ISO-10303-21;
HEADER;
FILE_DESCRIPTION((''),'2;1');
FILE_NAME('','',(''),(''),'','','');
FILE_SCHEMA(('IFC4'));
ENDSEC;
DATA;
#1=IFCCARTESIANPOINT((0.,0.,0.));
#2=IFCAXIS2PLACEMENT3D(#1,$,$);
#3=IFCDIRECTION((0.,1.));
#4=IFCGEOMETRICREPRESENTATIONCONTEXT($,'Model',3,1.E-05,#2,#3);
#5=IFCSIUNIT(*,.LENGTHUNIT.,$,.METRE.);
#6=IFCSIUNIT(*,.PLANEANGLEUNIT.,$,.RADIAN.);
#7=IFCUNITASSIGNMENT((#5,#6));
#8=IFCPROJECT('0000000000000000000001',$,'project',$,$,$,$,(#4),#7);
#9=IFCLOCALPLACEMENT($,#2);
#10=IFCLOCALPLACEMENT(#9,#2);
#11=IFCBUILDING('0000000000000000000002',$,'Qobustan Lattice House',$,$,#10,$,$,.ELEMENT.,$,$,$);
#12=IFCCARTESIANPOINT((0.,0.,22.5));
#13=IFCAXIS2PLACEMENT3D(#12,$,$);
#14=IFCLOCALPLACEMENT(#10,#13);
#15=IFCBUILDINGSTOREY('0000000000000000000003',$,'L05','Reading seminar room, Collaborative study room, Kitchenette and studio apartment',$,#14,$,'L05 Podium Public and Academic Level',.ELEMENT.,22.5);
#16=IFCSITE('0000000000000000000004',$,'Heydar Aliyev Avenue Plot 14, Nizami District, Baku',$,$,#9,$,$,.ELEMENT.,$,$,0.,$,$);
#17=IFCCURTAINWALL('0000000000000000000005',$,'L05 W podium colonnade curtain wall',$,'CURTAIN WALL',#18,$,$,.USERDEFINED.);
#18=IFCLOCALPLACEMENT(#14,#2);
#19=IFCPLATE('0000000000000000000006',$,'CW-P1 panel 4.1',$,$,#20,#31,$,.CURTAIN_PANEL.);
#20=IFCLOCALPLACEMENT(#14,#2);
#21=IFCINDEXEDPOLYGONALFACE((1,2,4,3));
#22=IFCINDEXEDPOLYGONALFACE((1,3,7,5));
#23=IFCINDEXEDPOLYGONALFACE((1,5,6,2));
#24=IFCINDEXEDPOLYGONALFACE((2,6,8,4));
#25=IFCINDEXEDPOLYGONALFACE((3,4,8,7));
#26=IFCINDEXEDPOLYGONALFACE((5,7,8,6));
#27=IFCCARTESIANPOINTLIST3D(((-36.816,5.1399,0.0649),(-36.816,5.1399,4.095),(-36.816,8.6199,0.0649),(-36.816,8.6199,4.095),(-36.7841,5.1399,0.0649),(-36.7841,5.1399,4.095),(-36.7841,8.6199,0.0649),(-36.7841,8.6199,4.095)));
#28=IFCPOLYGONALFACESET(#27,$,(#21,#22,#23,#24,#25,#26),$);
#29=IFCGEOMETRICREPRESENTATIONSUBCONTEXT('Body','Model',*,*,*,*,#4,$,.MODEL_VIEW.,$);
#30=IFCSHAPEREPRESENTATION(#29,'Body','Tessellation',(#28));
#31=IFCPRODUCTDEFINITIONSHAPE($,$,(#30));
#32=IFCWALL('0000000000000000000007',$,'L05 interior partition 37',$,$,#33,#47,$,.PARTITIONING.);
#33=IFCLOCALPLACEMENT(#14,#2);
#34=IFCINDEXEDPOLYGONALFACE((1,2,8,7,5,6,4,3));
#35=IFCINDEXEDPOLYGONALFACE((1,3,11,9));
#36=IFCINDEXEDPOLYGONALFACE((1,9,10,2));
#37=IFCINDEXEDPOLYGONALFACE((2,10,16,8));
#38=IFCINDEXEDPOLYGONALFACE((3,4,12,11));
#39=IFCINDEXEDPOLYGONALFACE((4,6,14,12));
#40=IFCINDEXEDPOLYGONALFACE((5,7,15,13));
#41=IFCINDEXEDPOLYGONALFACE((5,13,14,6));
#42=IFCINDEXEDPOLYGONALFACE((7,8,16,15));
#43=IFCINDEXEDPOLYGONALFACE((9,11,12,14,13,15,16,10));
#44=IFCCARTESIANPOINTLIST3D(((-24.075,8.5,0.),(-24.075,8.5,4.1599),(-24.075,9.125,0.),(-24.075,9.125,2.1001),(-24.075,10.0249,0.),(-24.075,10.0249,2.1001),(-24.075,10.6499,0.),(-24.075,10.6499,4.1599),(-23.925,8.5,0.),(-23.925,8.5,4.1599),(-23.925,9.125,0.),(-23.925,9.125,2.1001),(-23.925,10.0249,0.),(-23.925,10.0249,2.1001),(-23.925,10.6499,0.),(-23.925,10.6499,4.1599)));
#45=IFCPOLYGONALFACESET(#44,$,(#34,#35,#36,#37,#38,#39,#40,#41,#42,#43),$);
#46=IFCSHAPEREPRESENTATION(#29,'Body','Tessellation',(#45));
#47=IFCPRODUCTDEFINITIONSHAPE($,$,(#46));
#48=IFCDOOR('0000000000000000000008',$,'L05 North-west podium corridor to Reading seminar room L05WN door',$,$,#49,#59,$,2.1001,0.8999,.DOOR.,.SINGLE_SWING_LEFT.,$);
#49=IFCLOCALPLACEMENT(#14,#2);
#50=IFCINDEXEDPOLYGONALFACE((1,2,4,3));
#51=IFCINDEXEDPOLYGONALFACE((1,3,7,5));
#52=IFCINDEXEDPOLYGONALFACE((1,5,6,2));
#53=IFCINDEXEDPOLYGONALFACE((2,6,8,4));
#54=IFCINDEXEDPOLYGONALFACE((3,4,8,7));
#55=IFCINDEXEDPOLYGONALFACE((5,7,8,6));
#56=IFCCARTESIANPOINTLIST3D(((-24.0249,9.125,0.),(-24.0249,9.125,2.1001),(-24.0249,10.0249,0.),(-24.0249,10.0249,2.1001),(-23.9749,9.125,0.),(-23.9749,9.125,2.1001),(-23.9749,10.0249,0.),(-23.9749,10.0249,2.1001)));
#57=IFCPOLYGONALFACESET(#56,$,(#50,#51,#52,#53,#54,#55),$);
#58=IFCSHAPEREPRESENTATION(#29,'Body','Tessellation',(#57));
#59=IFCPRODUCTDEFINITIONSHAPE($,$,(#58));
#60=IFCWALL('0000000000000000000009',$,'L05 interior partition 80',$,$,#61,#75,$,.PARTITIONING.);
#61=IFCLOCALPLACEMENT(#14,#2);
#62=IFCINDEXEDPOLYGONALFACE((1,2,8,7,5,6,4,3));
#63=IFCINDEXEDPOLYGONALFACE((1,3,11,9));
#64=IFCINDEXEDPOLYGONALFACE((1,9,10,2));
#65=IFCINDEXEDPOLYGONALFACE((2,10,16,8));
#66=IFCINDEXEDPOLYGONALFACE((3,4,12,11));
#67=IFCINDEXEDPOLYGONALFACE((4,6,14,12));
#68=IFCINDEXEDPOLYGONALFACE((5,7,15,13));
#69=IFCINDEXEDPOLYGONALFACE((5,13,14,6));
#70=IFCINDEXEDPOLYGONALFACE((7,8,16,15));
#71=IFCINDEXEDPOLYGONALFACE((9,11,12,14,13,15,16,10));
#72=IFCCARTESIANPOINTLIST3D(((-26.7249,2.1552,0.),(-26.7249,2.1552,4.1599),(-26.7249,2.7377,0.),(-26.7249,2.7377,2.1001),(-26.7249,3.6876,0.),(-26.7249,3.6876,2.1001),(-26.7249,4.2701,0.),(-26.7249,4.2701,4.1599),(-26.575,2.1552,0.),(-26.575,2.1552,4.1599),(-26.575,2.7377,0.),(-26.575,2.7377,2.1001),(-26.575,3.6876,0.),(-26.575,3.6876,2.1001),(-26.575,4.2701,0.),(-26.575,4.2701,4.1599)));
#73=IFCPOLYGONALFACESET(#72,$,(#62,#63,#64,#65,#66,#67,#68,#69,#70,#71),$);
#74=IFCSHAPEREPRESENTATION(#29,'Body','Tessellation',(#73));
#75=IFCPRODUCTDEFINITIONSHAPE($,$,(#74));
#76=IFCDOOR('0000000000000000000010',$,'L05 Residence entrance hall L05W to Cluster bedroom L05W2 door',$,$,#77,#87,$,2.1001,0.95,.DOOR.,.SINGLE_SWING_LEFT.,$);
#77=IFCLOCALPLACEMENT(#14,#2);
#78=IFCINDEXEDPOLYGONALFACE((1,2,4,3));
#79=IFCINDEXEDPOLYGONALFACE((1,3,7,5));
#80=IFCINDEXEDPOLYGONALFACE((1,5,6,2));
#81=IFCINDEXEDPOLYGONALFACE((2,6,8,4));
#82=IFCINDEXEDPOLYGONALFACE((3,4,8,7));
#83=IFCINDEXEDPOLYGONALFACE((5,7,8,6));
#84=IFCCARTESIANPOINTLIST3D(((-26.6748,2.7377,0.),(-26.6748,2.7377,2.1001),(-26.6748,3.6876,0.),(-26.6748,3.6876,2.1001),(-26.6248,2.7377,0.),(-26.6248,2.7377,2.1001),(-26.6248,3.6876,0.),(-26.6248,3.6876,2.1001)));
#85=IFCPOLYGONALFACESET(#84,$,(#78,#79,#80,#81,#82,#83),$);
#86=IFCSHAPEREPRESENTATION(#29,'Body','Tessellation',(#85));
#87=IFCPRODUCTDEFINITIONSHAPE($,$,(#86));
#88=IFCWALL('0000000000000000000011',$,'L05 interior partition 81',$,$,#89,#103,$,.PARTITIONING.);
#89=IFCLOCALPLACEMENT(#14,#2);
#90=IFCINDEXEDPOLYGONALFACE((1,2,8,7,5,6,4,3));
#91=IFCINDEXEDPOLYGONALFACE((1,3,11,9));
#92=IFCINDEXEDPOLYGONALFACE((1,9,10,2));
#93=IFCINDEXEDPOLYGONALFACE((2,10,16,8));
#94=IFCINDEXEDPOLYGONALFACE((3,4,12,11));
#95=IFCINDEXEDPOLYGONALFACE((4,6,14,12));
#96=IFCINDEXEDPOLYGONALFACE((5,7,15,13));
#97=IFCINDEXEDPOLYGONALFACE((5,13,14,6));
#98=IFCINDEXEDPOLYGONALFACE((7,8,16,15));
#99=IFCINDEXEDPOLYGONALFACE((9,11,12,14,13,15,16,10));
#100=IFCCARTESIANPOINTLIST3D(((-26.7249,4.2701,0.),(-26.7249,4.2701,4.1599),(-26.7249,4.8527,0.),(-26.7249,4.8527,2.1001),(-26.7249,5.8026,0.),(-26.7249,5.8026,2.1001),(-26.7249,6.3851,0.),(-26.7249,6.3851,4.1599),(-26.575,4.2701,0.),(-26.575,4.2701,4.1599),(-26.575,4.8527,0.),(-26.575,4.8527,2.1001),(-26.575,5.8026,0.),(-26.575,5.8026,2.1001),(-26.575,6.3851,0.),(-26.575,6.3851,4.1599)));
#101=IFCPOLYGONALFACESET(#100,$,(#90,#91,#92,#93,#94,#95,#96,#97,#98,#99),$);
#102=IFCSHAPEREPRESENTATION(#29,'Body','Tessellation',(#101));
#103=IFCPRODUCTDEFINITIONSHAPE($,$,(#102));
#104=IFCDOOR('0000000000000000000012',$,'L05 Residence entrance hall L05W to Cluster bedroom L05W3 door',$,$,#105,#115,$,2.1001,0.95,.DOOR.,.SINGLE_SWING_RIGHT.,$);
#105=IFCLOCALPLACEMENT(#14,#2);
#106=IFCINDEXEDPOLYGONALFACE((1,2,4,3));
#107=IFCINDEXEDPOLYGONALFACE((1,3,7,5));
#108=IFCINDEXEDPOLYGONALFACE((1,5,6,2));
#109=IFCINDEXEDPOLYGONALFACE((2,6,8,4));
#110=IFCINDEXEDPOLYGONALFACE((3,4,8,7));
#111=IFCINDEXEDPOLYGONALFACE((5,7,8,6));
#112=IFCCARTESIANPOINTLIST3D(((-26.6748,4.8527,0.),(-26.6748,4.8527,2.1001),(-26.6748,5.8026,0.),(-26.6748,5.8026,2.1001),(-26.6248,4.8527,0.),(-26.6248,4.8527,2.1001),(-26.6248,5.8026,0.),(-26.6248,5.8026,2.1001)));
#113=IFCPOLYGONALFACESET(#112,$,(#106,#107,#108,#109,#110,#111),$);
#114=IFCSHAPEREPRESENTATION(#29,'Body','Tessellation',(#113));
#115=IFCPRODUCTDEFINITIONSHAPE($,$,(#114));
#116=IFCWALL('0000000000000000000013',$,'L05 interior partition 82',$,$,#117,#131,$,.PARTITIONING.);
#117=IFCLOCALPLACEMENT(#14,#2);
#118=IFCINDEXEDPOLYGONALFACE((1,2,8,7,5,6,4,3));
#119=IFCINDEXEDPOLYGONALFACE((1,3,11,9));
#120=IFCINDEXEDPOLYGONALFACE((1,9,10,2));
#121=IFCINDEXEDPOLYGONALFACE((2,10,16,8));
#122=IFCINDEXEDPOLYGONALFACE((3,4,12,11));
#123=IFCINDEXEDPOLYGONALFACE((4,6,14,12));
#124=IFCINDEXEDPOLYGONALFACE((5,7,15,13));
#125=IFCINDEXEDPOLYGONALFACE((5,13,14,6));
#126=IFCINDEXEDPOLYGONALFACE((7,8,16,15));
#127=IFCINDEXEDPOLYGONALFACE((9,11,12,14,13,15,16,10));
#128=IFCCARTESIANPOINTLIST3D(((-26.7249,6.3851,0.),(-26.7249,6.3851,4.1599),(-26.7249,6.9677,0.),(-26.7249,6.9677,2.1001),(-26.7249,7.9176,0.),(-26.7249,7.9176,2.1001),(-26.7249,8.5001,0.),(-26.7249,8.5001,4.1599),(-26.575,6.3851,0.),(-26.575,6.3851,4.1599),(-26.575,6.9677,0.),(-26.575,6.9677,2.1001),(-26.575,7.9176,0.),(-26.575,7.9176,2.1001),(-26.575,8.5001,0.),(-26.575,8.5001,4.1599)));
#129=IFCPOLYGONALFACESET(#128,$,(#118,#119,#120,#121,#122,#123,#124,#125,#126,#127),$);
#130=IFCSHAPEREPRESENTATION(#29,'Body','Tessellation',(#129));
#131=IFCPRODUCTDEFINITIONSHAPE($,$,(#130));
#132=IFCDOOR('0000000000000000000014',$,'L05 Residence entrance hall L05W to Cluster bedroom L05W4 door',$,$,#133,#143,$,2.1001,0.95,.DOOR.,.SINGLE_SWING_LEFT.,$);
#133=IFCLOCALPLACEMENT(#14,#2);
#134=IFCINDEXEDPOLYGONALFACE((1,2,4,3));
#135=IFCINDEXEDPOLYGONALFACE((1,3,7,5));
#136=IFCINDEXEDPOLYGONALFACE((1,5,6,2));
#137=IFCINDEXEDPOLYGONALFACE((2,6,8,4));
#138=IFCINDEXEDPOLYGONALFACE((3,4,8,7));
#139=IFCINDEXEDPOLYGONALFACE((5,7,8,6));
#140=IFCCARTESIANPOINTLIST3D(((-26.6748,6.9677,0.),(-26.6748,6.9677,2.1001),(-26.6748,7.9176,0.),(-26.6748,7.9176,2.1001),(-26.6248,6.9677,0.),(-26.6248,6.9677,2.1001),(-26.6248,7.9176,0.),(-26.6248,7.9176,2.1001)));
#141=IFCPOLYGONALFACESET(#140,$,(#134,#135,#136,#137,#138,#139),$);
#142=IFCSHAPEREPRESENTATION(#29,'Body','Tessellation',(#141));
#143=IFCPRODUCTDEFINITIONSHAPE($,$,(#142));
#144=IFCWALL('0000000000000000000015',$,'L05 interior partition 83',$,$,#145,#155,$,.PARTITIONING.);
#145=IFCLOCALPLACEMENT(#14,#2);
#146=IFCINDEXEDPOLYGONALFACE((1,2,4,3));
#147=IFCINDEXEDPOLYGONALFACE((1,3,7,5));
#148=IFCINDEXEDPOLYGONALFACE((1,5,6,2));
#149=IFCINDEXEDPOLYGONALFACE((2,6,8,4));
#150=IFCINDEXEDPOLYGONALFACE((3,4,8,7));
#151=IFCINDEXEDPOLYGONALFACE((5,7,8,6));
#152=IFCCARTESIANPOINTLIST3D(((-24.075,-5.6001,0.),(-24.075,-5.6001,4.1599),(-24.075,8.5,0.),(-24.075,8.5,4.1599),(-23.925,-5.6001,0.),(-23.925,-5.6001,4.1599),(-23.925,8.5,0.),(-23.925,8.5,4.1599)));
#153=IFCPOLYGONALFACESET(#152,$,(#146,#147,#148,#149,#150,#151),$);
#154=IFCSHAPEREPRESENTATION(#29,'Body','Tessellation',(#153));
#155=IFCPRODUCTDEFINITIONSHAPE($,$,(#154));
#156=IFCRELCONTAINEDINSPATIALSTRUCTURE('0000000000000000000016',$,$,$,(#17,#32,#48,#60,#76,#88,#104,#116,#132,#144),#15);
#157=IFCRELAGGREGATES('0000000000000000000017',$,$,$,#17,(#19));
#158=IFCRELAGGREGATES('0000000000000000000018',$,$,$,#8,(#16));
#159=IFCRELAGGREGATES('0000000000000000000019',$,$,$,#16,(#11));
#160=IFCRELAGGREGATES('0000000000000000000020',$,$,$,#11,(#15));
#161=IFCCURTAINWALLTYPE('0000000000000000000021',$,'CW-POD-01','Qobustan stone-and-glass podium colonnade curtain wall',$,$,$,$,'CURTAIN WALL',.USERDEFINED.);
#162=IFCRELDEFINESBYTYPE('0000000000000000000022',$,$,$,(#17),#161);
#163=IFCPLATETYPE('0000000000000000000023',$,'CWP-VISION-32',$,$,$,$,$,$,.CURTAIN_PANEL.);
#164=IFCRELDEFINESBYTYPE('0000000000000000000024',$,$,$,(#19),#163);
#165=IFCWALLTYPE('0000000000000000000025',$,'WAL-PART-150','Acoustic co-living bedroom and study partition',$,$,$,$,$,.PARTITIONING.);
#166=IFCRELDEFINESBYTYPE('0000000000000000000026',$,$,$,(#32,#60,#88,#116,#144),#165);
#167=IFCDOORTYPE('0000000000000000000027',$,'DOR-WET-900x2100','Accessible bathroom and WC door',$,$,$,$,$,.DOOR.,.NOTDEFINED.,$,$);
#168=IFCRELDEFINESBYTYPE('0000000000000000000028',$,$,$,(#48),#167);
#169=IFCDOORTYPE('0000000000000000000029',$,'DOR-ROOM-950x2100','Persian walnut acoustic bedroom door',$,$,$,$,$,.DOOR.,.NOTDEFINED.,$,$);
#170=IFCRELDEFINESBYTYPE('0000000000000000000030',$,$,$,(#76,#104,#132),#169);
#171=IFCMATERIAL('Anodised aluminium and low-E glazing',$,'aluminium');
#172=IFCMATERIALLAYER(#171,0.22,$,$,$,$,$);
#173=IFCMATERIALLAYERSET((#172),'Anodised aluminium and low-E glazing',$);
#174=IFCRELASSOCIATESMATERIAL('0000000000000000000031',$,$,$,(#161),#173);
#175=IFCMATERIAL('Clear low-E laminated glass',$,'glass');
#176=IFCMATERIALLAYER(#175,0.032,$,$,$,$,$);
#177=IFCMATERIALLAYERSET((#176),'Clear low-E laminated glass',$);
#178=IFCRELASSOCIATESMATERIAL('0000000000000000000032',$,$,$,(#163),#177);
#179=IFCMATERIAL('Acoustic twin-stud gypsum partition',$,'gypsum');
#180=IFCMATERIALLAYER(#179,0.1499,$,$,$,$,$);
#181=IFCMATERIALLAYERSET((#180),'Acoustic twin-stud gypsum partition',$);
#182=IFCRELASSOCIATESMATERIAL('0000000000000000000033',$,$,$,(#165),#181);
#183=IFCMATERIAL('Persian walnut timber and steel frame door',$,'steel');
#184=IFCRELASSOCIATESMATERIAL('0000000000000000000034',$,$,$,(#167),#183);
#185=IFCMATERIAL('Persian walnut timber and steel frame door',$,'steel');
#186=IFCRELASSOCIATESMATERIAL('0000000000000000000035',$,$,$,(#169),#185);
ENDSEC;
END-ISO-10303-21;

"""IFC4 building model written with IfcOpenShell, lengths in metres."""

from ifc_helpers import new_model, si_unit, direction, frame, frame_2d, origin, origin_2d, place, context, subcontext, project, spatial, rectangle, extrude, material, layer, layer_set, type_object, element, fill, aggregate, save


model = new_model("IFC4")

# Units and contexts
model_context = context("Model", 3, precision=1e-05, world=origin(), true_north=direction((0.0, 1.0)))
body_context = subcontext(model_context, "Body", "Model", "MODEL_VIEW")
ifc_project = project(units=[si_unit("LENGTHUNIT", "METRE"), si_unit("PLANEANGLEUNIT", "RADIAN")], contexts=[model_context])

# Site, building, storey
site_placement = place(None, origin())
site = spatial("IfcSite", under=ifc_project, at=site_placement, Name="Heydar Aliyev Avenue Plot 14, Nizami District, Baku", CompositionType="ELEMENT", RefElevation=0.0)
building_placement = place(site_placement, origin())
building = spatial("IfcBuilding", under=site, at=building_placement, Name="Qobustan Lattice House", CompositionType="ELEMENT")
storey_placement = place(building_placement, frame((0.0, 0.0, 22.5)))
storey = spatial("IfcBuildingStorey", under=building, at=storey_placement, Name="L05", Description="Reading seminar room, Collaborative study room, Kitchenette and studio apartment", LongName="L05 Podium Public and Academic Level", CompositionType="ELEMENT", Elevation=22.5)

# Curtain wall, plate
ifc_material_1 = material(Name="Anodised aluminium and low-E glazing", Category="aluminium")
ifc_layer_1 = layer(ifc_material_1, 0.22)
ifc_layer_set_1 = layer_set([ifc_layer_1], Name="Anodised aluminium and low-E glazing")
curtain_wall_type = type_object("IfcCurtainWallType", Name="CW-POD-01", Description="Qobustan stone-and-glass podium colonnade curtain wall", ElementType="CURTAIN WALL", PredefinedType="USERDEFINED", material=ifc_layer_set_1)
curtain_wall_placement = place(storey_placement, origin())
curtain_wall = element("IfcCurtainWall", 1, at=curtain_wall_placement, inside=storey, type_object=curtain_wall_type, Name="L05 W podium colonnade curtain wall", ObjectType="CURTAIN WALL", PredefinedType="USERDEFINED")
ifc_material_2 = material(Name="Clear low-E laminated glass", Category="glass")
ifc_layer_2 = layer(ifc_material_2, 0.032)
ifc_layer_set_2 = layer_set([ifc_layer_2], Name="Clear low-E laminated glass")
plate_type = type_object("IfcPlateType", Name="CWP-VISION-32", PredefinedType="CURTAIN_PANEL", material=ifc_layer_set_2)
plate_1_placement = place(storey_placement, frame((-36.8, 6.8799, 0.0649), z_axis=(0.0, 0.0, 1.0), x_axis=(0.0, 1.0, 0.0)))
plate_1 = element("IfcPlate", 2, at=plate_1_placement, type_object=plate_type, Name="CW-P1 panel 4.1", PredefinedType="CURTAIN_PANEL", context=body_context, shape_type="SweptSolid", body=[
    extrude(rectangle(XDim=3.48, YDim=0.032, at=origin_2d()), origin(), (0.0, 0.0, 1.0), 4.03),
])
aggregate(curtain_wall, [plate_1])

# Walls, openings, doors
ifc_material_3 = material(Name="Acoustic twin-stud gypsum partition", Category="gypsum")
ifc_layer_3 = layer(ifc_material_3, 0.1499)
ifc_layer_set_3 = layer_set([ifc_layer_3], Name="Acoustic twin-stud gypsum partition")
wall_type = type_object("IfcWallType", Name="WAL-PART-150", Description="Acoustic co-living bedroom and study partition", PredefinedType="PARTITIONING", material=ifc_layer_set_3)
wall_1_placement = place(storey_placement, frame((-24.0, 8.5, 0.0), z_axis=(0.0, 0.0, 1.0), x_axis=(0.0, 1.0, 0.0)))
wall_1 = element("IfcWall", 3, at=wall_1_placement, inside=storey, type_object=wall_type, Name="L05 interior partition 37", PredefinedType="PARTITIONING", context=body_context, shape_type="SweptSolid", body=[
    extrude(rectangle(XDim=2.1499, YDim=0.1499, at=frame_2d((1.075, 0.0))), origin(), (0.0, 0.0, 1.0), 4.1599),
])
opening_1_placement = place(wall_1_placement, frame((0.625, 0.0, 0.0)))
opening_1 = element("IfcOpeningElement", 4, at=opening_1_placement, cuts=wall_1, PredefinedType="OPENING", context=body_context, shape_type="SweptSolid", body=[
    extrude(rectangle(XDim=0.8999, YDim=2.1001, at=frame_2d((0.45, 1.05))), frame((0.0, 0.085, 0.0), z_axis=(0.0, -1.0, 0.0), x_axis=(1.0, 0.0, 0.0)), (0.0, 0.0, 1.0), 0.1699),
])
ifc_material_4 = material(Name="Persian walnut timber and steel frame door", Category="steel")
door_type_1 = type_object("IfcDoorType", Name="DOR-WET-900x2100", Description="Accessible bathroom and WC door", OperationType="NOTDEFINED", PredefinedType="DOOR", material=ifc_material_4)
door_1_placement = place(opening_1_placement, origin())
door_1 = element("IfcDoor", 5, at=door_1_placement, inside=storey, type_object=door_type_1, Name="L05 North-west podium corridor to Reading seminar room L05WN door", OperationType="SINGLE_SWING_LEFT", OverallHeight=2.1001, OverallWidth=0.8999, PredefinedType="DOOR", context=body_context, shape_type="SweptSolid", body=[
    extrude(rectangle(XDim=0.8999, YDim=2.1001, at=frame_2d((0.45, 1.05))), frame((0.0, 0.0249, 0.0), z_axis=(0.0, -1.0, 0.0), x_axis=(1.0, 0.0, 0.0)), (0.0, 0.0, 1.0), 0.05),
])
fill(opening_1, door_1)
wall_2_placement = place(storey_placement, frame((-26.6499, 2.155, 0.0), z_axis=(0.0, 0.0, 1.0), x_axis=(0.0, 1.0, 0.0)))
wall_2 = element("IfcWall", 6, at=wall_2_placement, inside=storey, type_object=wall_type, Name="L05 interior partition 80", PredefinedType="PARTITIONING", context=body_context, shape_type="SweptSolid", body=[
    extrude(rectangle(XDim=2.115, YDim=0.1499, at=frame_2d((1.0576, 0.0))), origin(), (0.0, 0.0, 1.0), 4.1599),
])
opening_2_placement = place(wall_2_placement, frame((0.5825, 0.0, 0.0)))
opening_2 = element("IfcOpeningElement", 7, at=opening_2_placement, cuts=wall_2, PredefinedType="OPENING", context=body_context, shape_type="SweptSolid", body=[
    extrude(rectangle(XDim=0.95, YDim=2.1001, at=frame_2d((0.4751, 1.05))), frame((0.0, 0.085, 0.0), z_axis=(0.0, -1.0, 0.0), x_axis=(1.0, 0.0, 0.0)), (0.0, 0.0, 1.0), 0.1699),
])
ifc_material_5 = material(Name="Persian walnut timber and steel frame door", Category="steel")
door_type_2 = type_object("IfcDoorType", Name="DOR-ROOM-950x2100", Description="Persian walnut acoustic bedroom door", OperationType="NOTDEFINED", PredefinedType="DOOR", material=ifc_material_5)
door_2_placement = place(opening_2_placement, origin())
door_2 = element("IfcDoor", 8, at=door_2_placement, inside=storey, type_object=door_type_2, Name="L05 Residence entrance hall L05W to Cluster bedroom L05W2 door", OperationType="SINGLE_SWING_LEFT", OverallHeight=2.1001, OverallWidth=0.95, PredefinedType="DOOR", context=body_context, shape_type="SweptSolid", body=[
    extrude(rectangle(XDim=0.95, YDim=2.1001, at=frame_2d((0.4751, 1.05))), frame((0.0, 0.0249, 0.0), z_axis=(0.0, -1.0, 0.0), x_axis=(1.0, 0.0, 0.0)), (0.0, 0.0, 1.0), 0.05),
])
fill(opening_2, door_2)
wall_3_placement = place(storey_placement, frame((-26.6499, 4.27, 0.0), z_axis=(0.0, 0.0, 1.0), x_axis=(0.0, 1.0, 0.0)))
wall_3 = element("IfcWall", 9, at=wall_3_placement, inside=storey, type_object=wall_type, Name="L05 interior partition 81", PredefinedType="PARTITIONING", context=body_context, shape_type="SweptSolid", body=[
    extrude(rectangle(XDim=2.115, YDim=0.1499, at=frame_2d((1.0576, 0.0))), origin(), (0.0, 0.0, 1.0), 4.1599),
])
opening_3_placement = place(wall_3_placement, frame((0.5825, 0.0, 0.0)))
opening_3 = element("IfcOpeningElement", 10, at=opening_3_placement, cuts=wall_3, PredefinedType="OPENING", context=body_context, shape_type="SweptSolid", body=[
    extrude(rectangle(XDim=0.95, YDim=2.1001, at=frame_2d((0.4751, 1.05))), frame((0.0, 0.085, 0.0), z_axis=(0.0, -1.0, 0.0), x_axis=(1.0, 0.0, 0.0)), (0.0, 0.0, 1.0), 0.1699),
])
door_3_placement = place(opening_3_placement, origin())
door_3 = element("IfcDoor", 11, at=door_3_placement, inside=storey, type_object=door_type_2, Name="L05 Residence entrance hall L05W to Cluster bedroom L05W3 door", OperationType="SINGLE_SWING_RIGHT", OverallHeight=2.1001, OverallWidth=0.95, PredefinedType="DOOR", context=body_context, shape_type="SweptSolid", body=[
    extrude(rectangle(XDim=0.95, YDim=2.1001, at=frame_2d((0.4751, 1.05))), frame((0.0, 0.0249, 0.0), z_axis=(0.0, -1.0, 0.0), x_axis=(1.0, 0.0, 0.0)), (0.0, 0.0, 1.0), 0.05),
])
fill(opening_3, door_3)
wall_4_placement = place(storey_placement, frame((-26.6499, 6.385, 0.0), z_axis=(0.0, 0.0, 1.0), x_axis=(0.0, 1.0, 0.0)))
wall_4 = element("IfcWall", 12, at=wall_4_placement, inside=storey, type_object=wall_type, Name="L05 interior partition 82", PredefinedType="PARTITIONING", context=body_context, shape_type="SweptSolid", body=[
    extrude(rectangle(XDim=2.115, YDim=0.1499, at=frame_2d((1.0576, 0.0))), origin(), (0.0, 0.0, 1.0), 4.1599),
])
opening_4_placement = place(wall_4_placement, frame((0.5825, 0.0, 0.0)))
opening_4 = element("IfcOpeningElement", 13, at=opening_4_placement, cuts=wall_4, PredefinedType="OPENING", context=body_context, shape_type="SweptSolid", body=[
    extrude(rectangle(XDim=0.95, YDim=2.1001, at=frame_2d((0.4751, 1.05))), frame((0.0, 0.085, 0.0), z_axis=(0.0, -1.0, 0.0), x_axis=(1.0, 0.0, 0.0)), (0.0, 0.0, 1.0), 0.1699),
])
door_4_placement = place(opening_4_placement, origin())
door_4 = element("IfcDoor", 14, at=door_4_placement, inside=storey, type_object=door_type_2, Name="L05 Residence entrance hall L05W to Cluster bedroom L05W4 door", OperationType="SINGLE_SWING_LEFT", OverallHeight=2.1001, OverallWidth=0.95, PredefinedType="DOOR", context=body_context, shape_type="SweptSolid", body=[
    extrude(rectangle(XDim=0.95, YDim=2.1001, at=frame_2d((0.4751, 1.05))), frame((0.0, 0.0249, 0.0), z_axis=(0.0, -1.0, 0.0), x_axis=(1.0, 0.0, 0.0)), (0.0, 0.0, 1.0), 0.05),
])
fill(opening_4, door_4)

# Wall
wall_5_placement = place(storey_placement, frame((-24.0, 8.5, 0.0), z_axis=(0.0, 0.0, 1.0), x_axis=(0.0, -1.0, 0.0)))
element("IfcWall", 15, at=wall_5_placement, inside=storey, type_object=wall_type, Name="L05 interior partition 83", PredefinedType="PARTITIONING", context=body_context, shape_type="SweptSolid", body=[
    extrude(rectangle(XDim=14.1001, YDim=0.1499, at=frame_2d((7.05, 0.0))), origin(), (0.0, 0.0, 1.0), 4.1599),
])

save(model, "model.ifc")
